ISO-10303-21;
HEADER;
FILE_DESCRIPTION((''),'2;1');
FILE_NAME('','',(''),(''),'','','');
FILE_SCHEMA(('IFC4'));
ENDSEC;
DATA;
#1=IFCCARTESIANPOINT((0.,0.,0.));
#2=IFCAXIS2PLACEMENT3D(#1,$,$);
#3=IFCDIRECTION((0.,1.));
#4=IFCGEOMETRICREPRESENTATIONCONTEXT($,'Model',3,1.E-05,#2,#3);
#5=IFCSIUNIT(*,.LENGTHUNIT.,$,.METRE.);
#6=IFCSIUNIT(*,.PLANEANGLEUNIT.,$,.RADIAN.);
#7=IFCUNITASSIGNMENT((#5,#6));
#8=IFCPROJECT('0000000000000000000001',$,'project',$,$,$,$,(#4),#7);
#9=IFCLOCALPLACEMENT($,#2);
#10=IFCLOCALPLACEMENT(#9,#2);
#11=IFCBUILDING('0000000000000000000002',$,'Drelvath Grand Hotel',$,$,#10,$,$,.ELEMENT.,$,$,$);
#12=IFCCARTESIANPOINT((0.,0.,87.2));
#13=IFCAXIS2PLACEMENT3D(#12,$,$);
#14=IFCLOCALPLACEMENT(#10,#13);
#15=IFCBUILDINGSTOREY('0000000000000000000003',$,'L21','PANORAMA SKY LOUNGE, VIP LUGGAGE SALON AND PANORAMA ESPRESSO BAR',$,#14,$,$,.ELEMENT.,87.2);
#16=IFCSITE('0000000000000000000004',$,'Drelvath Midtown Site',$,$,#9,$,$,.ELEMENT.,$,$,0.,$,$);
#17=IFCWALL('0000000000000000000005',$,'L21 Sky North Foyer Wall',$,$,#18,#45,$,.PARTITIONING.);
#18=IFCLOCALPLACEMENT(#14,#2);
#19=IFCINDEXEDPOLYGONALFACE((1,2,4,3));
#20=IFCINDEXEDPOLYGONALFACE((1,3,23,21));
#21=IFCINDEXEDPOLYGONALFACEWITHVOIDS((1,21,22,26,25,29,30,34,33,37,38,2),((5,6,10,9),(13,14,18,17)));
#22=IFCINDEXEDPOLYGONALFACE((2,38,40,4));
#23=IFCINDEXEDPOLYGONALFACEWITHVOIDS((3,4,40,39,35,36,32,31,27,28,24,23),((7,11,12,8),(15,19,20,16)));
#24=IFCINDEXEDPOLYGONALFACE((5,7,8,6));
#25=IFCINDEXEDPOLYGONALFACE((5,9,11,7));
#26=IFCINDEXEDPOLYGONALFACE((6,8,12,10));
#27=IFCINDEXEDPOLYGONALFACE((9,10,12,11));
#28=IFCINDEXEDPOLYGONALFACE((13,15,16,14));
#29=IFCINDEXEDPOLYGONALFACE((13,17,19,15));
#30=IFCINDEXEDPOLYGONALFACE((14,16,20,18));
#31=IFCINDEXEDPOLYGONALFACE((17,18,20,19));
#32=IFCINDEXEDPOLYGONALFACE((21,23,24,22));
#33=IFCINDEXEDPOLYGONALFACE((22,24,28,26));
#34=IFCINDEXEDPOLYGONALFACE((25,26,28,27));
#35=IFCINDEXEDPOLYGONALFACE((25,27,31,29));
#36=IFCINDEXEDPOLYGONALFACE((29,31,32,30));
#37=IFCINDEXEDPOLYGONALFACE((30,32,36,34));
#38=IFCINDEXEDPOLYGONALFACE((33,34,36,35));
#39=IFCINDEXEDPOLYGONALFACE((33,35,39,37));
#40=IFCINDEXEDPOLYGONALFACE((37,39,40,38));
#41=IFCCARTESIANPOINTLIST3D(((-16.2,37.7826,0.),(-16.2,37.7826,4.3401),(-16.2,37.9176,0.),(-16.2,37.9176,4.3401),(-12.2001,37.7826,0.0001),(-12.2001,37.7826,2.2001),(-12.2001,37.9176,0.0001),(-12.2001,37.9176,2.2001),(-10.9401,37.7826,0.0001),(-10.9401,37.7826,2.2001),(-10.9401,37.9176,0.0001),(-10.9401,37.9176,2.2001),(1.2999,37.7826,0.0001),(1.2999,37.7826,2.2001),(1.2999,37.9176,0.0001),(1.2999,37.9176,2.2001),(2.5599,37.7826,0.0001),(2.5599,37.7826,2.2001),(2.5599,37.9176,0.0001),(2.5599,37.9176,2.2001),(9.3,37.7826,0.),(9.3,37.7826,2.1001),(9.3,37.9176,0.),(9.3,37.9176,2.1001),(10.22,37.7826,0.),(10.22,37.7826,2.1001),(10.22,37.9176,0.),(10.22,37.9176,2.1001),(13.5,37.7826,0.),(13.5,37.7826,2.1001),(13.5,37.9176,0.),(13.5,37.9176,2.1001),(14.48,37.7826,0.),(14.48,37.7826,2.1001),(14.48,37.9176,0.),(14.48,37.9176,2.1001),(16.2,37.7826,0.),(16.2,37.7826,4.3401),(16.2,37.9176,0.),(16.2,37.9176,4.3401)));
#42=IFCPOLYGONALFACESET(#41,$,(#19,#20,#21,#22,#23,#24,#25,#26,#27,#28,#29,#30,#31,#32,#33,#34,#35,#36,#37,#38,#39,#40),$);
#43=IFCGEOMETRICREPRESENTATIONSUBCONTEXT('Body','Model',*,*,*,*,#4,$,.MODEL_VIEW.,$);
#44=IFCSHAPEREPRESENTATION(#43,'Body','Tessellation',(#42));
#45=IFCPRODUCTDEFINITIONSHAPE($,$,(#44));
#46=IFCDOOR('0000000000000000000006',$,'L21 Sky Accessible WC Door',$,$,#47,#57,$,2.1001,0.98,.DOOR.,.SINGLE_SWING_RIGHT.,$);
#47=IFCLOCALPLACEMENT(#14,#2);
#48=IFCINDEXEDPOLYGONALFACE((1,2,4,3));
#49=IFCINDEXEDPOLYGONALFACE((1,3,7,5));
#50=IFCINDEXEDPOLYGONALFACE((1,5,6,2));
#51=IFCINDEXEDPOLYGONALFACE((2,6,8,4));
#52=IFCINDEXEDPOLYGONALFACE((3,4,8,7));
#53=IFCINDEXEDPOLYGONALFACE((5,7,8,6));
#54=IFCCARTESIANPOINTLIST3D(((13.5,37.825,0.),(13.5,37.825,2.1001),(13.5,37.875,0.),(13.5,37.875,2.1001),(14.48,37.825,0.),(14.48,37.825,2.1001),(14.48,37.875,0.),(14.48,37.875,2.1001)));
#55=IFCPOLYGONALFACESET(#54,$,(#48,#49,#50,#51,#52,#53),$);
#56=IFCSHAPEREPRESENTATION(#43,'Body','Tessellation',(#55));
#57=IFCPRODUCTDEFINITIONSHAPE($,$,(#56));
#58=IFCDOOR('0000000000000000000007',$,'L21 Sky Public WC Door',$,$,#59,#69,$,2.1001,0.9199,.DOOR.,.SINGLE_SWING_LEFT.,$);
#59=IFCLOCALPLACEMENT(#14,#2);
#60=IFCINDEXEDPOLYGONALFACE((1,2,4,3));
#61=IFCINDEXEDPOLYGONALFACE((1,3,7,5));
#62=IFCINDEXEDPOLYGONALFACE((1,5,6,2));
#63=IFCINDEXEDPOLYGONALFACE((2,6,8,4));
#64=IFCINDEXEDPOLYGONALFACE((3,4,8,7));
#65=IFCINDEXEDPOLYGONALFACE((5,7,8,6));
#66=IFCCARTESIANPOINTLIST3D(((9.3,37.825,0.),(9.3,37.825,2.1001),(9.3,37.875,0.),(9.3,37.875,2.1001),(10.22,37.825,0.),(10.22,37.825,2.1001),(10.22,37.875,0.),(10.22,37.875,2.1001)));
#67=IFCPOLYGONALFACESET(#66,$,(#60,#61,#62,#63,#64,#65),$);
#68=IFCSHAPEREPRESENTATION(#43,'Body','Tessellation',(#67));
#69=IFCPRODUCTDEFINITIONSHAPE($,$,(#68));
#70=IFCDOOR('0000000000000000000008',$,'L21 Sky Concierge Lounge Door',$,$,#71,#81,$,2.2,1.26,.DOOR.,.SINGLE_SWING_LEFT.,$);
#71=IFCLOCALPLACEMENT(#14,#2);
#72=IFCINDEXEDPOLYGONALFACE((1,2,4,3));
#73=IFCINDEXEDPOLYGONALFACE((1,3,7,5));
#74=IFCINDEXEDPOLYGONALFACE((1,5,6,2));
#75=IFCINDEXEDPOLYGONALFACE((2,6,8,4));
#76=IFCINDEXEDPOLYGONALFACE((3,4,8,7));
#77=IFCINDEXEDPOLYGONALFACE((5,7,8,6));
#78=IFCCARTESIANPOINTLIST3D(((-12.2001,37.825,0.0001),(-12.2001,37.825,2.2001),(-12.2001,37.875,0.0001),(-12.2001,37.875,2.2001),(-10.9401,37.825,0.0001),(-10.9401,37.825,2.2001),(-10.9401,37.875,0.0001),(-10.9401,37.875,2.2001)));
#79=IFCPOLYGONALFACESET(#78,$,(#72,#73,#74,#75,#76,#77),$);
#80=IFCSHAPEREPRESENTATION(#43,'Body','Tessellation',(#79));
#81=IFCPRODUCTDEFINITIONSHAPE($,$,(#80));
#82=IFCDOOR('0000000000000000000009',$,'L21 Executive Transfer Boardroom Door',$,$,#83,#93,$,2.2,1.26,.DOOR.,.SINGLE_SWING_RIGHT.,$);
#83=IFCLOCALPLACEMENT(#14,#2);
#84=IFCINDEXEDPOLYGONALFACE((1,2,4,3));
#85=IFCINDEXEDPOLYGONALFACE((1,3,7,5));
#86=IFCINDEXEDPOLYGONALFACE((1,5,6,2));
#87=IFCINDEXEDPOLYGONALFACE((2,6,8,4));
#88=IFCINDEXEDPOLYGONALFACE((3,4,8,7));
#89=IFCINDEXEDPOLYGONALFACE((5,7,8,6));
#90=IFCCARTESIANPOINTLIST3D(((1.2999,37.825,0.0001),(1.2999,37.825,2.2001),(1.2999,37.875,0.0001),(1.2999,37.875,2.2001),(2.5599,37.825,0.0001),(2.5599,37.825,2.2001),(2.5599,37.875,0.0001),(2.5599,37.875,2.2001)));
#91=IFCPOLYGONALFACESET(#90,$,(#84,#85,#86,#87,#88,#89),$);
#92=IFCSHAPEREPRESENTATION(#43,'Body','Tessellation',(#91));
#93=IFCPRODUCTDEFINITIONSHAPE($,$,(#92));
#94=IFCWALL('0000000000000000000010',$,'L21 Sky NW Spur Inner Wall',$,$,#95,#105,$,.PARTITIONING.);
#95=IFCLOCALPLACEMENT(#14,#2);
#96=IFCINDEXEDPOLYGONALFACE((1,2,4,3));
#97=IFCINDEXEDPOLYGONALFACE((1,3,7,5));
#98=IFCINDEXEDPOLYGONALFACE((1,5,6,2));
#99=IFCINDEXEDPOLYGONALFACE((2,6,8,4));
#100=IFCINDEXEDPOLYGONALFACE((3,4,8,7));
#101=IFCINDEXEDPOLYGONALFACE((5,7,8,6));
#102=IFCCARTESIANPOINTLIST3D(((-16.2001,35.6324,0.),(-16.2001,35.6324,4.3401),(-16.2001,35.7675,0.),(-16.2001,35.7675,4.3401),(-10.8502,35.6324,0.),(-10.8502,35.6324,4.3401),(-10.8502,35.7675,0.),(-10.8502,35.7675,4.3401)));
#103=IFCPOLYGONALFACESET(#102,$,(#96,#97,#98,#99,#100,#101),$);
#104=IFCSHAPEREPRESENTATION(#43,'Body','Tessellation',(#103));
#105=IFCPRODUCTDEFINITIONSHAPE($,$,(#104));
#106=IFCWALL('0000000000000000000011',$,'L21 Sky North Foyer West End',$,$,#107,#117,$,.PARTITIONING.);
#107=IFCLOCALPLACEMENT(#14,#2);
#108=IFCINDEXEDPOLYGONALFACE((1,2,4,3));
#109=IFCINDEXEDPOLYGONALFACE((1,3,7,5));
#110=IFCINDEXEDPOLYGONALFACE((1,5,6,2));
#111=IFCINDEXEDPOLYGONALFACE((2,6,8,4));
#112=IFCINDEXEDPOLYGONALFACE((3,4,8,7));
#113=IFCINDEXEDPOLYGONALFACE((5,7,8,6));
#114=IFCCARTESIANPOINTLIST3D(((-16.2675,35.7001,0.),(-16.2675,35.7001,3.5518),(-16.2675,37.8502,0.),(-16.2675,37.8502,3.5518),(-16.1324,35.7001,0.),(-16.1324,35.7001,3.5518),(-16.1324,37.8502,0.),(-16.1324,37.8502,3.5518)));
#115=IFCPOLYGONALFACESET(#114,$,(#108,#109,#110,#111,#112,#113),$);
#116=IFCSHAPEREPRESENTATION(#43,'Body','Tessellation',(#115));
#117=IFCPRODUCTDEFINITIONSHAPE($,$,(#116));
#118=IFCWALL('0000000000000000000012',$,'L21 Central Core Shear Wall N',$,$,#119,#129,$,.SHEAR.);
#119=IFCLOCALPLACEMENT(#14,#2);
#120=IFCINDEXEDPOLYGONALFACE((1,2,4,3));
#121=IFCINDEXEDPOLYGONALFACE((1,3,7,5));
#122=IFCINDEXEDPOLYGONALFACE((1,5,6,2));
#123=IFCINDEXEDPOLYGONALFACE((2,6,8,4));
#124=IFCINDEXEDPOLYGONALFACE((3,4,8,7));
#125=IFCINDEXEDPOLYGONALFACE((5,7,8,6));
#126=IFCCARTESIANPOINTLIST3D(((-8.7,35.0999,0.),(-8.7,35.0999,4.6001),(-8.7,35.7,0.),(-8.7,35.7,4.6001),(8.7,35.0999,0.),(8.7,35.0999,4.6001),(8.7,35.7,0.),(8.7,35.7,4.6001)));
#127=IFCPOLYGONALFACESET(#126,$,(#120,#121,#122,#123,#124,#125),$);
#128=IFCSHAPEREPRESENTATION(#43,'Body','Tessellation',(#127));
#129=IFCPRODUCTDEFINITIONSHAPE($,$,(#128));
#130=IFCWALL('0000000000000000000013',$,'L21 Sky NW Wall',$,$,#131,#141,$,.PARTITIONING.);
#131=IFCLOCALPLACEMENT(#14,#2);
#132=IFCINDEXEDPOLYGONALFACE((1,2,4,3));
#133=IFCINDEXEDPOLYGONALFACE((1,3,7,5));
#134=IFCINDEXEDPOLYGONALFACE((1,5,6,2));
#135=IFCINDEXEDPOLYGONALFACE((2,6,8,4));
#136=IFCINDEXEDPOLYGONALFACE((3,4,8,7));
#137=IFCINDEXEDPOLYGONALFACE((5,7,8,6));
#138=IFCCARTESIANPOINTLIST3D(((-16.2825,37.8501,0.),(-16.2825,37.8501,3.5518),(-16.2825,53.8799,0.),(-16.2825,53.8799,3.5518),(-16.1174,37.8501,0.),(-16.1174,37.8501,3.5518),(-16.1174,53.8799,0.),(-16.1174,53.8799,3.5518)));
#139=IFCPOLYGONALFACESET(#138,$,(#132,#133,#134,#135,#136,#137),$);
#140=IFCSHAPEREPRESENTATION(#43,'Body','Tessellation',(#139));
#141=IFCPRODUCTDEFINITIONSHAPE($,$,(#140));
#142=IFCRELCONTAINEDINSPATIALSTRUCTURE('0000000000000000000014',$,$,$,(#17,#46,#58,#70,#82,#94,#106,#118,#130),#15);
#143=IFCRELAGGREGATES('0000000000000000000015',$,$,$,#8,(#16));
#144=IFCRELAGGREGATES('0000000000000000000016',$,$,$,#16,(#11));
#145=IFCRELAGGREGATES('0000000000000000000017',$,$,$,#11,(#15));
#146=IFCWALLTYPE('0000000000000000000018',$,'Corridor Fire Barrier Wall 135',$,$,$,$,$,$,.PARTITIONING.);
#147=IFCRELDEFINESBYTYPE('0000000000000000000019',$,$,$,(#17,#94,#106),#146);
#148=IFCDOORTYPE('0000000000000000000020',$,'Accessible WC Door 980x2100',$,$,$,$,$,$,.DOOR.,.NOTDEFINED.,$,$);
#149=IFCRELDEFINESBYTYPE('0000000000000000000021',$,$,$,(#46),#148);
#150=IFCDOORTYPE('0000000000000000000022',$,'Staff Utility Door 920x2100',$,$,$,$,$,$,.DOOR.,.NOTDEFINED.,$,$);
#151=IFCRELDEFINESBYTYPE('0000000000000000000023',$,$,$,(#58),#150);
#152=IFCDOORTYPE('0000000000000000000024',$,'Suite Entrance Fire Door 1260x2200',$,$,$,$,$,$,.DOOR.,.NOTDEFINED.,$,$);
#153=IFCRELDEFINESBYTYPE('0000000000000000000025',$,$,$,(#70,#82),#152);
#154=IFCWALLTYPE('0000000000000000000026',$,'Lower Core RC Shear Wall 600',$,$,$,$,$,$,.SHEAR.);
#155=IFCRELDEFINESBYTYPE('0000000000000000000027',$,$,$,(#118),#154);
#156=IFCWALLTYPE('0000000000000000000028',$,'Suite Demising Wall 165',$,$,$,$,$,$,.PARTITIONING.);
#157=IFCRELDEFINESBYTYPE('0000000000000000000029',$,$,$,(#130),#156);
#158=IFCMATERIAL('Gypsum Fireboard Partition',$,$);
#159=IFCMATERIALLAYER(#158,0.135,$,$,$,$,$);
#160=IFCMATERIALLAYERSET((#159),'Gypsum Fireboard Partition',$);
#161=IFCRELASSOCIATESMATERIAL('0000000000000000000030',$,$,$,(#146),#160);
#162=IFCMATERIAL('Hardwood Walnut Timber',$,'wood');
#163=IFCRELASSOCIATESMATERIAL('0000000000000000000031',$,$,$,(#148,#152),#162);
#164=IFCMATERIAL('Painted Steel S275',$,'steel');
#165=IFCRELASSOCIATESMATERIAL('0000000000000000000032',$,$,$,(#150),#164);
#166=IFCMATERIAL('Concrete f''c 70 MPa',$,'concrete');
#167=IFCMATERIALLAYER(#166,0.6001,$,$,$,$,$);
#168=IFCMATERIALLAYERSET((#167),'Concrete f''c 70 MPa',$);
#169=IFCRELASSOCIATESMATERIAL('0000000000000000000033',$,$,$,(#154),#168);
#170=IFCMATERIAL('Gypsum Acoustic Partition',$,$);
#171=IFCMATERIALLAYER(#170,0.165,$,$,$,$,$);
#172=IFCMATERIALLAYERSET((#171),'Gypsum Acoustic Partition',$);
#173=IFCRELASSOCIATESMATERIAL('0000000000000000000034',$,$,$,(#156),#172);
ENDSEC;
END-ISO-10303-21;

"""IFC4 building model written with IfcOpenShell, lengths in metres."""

from ifc_helpers import new_model, si_unit, direction, frame, frame_2d, origin, place, context, subcontext, project, spatial, rectangle, extrude, material, layer, layer_set, type_object, element, fill, save


model = new_model("IFC4")

# Units and contexts
model_context = context("Model", 3, precision=1e-05, world=origin(), true_north=direction((0.0, 1.0)))
body_context = subcontext(model_context, "Body", "Model", "MODEL_VIEW")
ifc_project = project(units=[si_unit("LENGTHUNIT", "METRE"), si_unit("PLANEANGLEUNIT", "RADIAN")], contexts=[model_context])

# Site, building, storey
site_placement = place(None, origin())
site = spatial("IfcSite", under=ifc_project, at=site_placement, Name="Drelvath Midtown Site", CompositionType="ELEMENT", RefElevation=0.0)
building_placement = place(site_placement, origin())
building = spatial("IfcBuilding", under=site, at=building_placement, Name="Drelvath Grand Hotel", CompositionType="ELEMENT")
storey_placement = place(building_placement, frame((0.0, 0.0, 87.2)))
storey = spatial("IfcBuildingStorey", under=building, at=storey_placement, Name="L21", Description="PANORAMA SKY LOUNGE, VIP LUGGAGE SALON AND PANORAMA ESPRESSO BAR", CompositionType="ELEMENT", Elevation=87.2)

# Shared definitions
ifc_material_1 = material(Name="Concrete f'c 70 MPa", Category="concrete")

# Wall, openings, doors
ifc_material_2 = material(Name="Gypsum Fireboard Partition")
ifc_layer_1 = layer(ifc_material_2, 0.135)
ifc_layer_set_1 = layer_set([ifc_layer_1], Name="Gypsum Fireboard Partition")
wall_type_1 = type_object("IfcWallType", Name="Corridor Fire Barrier Wall 135", PredefinedType="PARTITIONING", material=ifc_layer_set_1)
wall_1_placement = place(storey_placement, frame((-16.2, 37.8501, 0.0), z_axis=(0.0, 0.0, 1.0), x_axis=(1.0, 0.0, 0.0)))
wall_1 = element("IfcWall", 1, at=wall_1_placement, inside=storey, type_object=wall_type_1, Name="L21 Sky North Foyer Wall", PredefinedType="PARTITIONING", context=body_context, shape_type="SweptSolid", body=[
    extrude(rectangle(XDim=32.3999, YDim=0.135, at=frame_2d((16.2, 0.0))), origin(), (0.0, 0.0, 1.0), 4.3401),
])
opening_1_placement = place(wall_1_placement, frame((4.0, 0.0, 0.0)))
opening_1 = element("IfcOpeningElement", 2, at=opening_1_placement, cuts=wall_1, PredefinedType="OPENING", context=body_context, shape_type="SweptSolid", body=[
    extrude(rectangle(XDim=1.26, YDim=2.2, at=frame_2d((0.6299, 1.1001))), frame((0.0, 0.0774, 0.0), z_axis=(0.0, -1.0, 0.0), x_axis=(1.0, 0.0, 0.0)), (0.0, 0.0, 1.0), 0.155),
])
opening_2_placement = place(wall_1_placement, frame((17.5, 0.0, 0.0)))
opening_2 = element("IfcOpeningElement", 3, at=opening_2_placement, cuts=wall_1, PredefinedType="OPENING", context=body_context, shape_type="SweptSolid", body=[
    extrude(rectangle(XDim=1.26, YDim=2.2, at=frame_2d((0.6299, 1.1001))), frame((0.0, 0.0774, 0.0), z_axis=(0.0, -1.0, 0.0), x_axis=(1.0, 0.0, 0.0)), (0.0, 0.0, 1.0), 0.155),
])
opening_3_placement = place(wall_1_placement, frame((25.5, 0.0, 0.0)))
opening_3 = element("IfcOpeningElement", 4, at=opening_3_placement, cuts=wall_1, PredefinedType="OPENING", context=body_context, shape_type="SweptSolid", body=[
    extrude(rectangle(XDim=0.9199, YDim=2.1001, at=frame_2d((0.46, 1.05))), frame((0.0, 0.0774, 0.0), z_axis=(0.0, -1.0, 0.0), x_axis=(1.0, 0.0, 0.0)), (0.0, 0.0, 1.0), 0.155),
])
opening_4_placement = place(wall_1_placement, frame((29.7, 0.0, 0.0)))
opening_4 = element("IfcOpeningElement", 5, at=opening_4_placement, cuts=wall_1, PredefinedType="OPENING", context=body_context, shape_type="SweptSolid", body=[
    extrude(rectangle(XDim=0.98, YDim=2.1001, at=frame_2d((0.49, 1.05))), frame((0.0, 0.0774, 0.0), z_axis=(0.0, -1.0, 0.0), x_axis=(1.0, 0.0, 0.0)), (0.0, 0.0, 1.0), 0.155),
])
ifc_material_3 = material(Name="Hardwood Walnut Timber", Category="wood")
door_type_1 = type_object("IfcDoorType", Name="Accessible WC Door 980x2100", OperationType="NOTDEFINED", PredefinedType="DOOR", material=ifc_material_3)
door_1_placement = place(opening_4_placement, origin())
door_1 = element("IfcDoor", 6, at=door_1_placement, inside=storey, type_object=door_type_1, Name="L21 Sky Accessible WC Door", OperationType="SINGLE_SWING_RIGHT", OverallHeight=2.1001, OverallWidth=0.98, PredefinedType="DOOR", context=body_context, shape_type="SweptSolid", body=[
    extrude(rectangle(XDim=0.98, YDim=2.1001, at=frame_2d((0.49, 1.05))), frame((0.0, 0.0249, 0.0), z_axis=(0.0, -1.0, 0.0), x_axis=(1.0, 0.0, 0.0)), (0.0, 0.0, 1.0), 0.05),
])
fill(opening_4, door_1)
ifc_material_4 = material(Name="Painted Steel S275", Category="steel")
door_type_2 = type_object("IfcDoorType", Name="Staff Utility Door 920x2100", OperationType="NOTDEFINED", PredefinedType="DOOR", material=ifc_material_4)
door_2_placement = place(opening_3_placement, origin())
door_2 = element("IfcDoor", 7, at=door_2_placement, inside=storey, type_object=door_type_2, Name="L21 Sky Public WC Door", OperationType="SINGLE_SWING_LEFT", OverallHeight=2.1001, OverallWidth=0.9199, PredefinedType="DOOR", context=body_context, shape_type="SweptSolid", body=[
    extrude(rectangle(XDim=0.9199, YDim=2.1001, at=frame_2d((0.46, 1.05))), frame((0.0, 0.0249, 0.0), z_axis=(0.0, -1.0, 0.0), x_axis=(1.0, 0.0, 0.0)), (0.0, 0.0, 1.0), 0.05),
])
fill(opening_3, door_2)
door_type_3 = type_object("IfcDoorType", Name="Suite Entrance Fire Door 1260x2200", OperationType="NOTDEFINED", PredefinedType="DOOR", material=ifc_material_3)
door_3_placement = place(opening_1_placement, origin())
door_3 = element("IfcDoor", 8, at=door_3_placement, inside=storey, type_object=door_type_3, Name="L21 Sky Concierge Lounge Door", OperationType="SINGLE_SWING_LEFT", OverallHeight=2.2, OverallWidth=1.26, PredefinedType="DOOR", context=body_context, shape_type="SweptSolid", body=[
    extrude(rectangle(XDim=1.26, YDim=2.2, at=frame_2d((0.6299, 1.1001))), frame((0.0, 0.0249, 0.0), z_axis=(0.0, -1.0, 0.0), x_axis=(1.0, 0.0, 0.0)), (0.0, 0.0, 1.0), 0.05),
])
fill(opening_1, door_3)
door_4_placement = place(opening_2_placement, origin())
door_4 = element("IfcDoor", 9, at=door_4_placement, inside=storey, type_object=door_type_3, Name="L21 Executive Transfer Boardroom Door", OperationType="SINGLE_SWING_RIGHT", OverallHeight=2.2, OverallWidth=1.26, PredefinedType="DOOR", context=body_context, shape_type="SweptSolid", body=[
    extrude(rectangle(XDim=1.26, YDim=2.2, at=frame_2d((0.6299, 1.1001))), frame((0.0, 0.0249, 0.0), z_axis=(0.0, -1.0, 0.0), x_axis=(1.0, 0.0, 0.0)), (0.0, 0.0, 1.0), 0.05),
])
fill(opening_2, door_4)

# Walls
wall_2_placement = place(storey_placement, frame((-16.2, 35.7, 0.0), z_axis=(0.0, 0.0, 1.0), x_axis=(1.0, 0.0, 0.0)))
element("IfcWall", 10, at=wall_2_placement, inside=storey, type_object=wall_type_1, Name="L21 Sky NW Spur Inner Wall", PredefinedType="PARTITIONING", context=body_context, shape_type="SweptSolid", body=[
    extrude(rectangle(XDim=5.3499, YDim=0.135, at=frame_2d((2.6748, 0.0))), origin(), (0.0, 0.0, 1.0), 4.3401),
])
wall_3_placement = place(storey_placement, frame((-16.2, 35.7, 0.0), z_axis=(0.0, 0.0, 1.0), x_axis=(0.0, 1.0, 0.0)))
element("IfcWall", 11, at=wall_3_placement, inside=storey, type_object=wall_type_1, Name="L21 Sky North Foyer West End", PredefinedType="PARTITIONING", context=body_context, shape_type="SweptSolid", body=[
    extrude(rectangle(XDim=2.1501, YDim=0.135, at=frame_2d((1.0752, 0.0))), origin(), (0.0, 0.0, 1.0), 3.5518),
])
ifc_layer_2 = layer(ifc_material_1, 0.6001)
ifc_layer_set_2 = layer_set([ifc_layer_2], Name="Concrete f'c 70 MPa")
wall_type_2 = type_object("IfcWallType", Name="Lower Core RC Shear Wall 600", PredefinedType="SHEAR", material=ifc_layer_set_2)
wall_4_placement = place(storey_placement, frame((-8.7, 35.3999, 0.0), z_axis=(0.0, 0.0, 1.0), x_axis=(1.0, 0.0, 0.0)))
element("IfcWall", 12, at=wall_4_placement, inside=storey, type_object=wall_type_2, Name="L21 Central Core Shear Wall N", PredefinedType="SHEAR", context=body_context, shape_type="SweptSolid", body=[
    extrude(rectangle(XDim=17.3999, YDim=0.6001, at=frame_2d((8.7, 0.0))), origin(), (0.0, 0.0, 1.0), 4.6001),
])
ifc_material_5 = material(Name="Gypsum Acoustic Partition")
ifc_layer_3 = layer(ifc_material_5, 0.165)
ifc_layer_set_3 = layer_set([ifc_layer_3], Name="Gypsum Acoustic Partition")
wall_type_3 = type_object("IfcWallType", Name="Suite Demising Wall 165", PredefinedType="PARTITIONING", material=ifc_layer_set_3)
wall_5_placement = place(storey_placement, frame((-16.2, 37.8501, 0.0), z_axis=(0.0, 0.0, 1.0), x_axis=(0.0, 1.0, 0.0)))
element("IfcWall", 13, at=wall_5_placement, inside=storey, type_object=wall_type_3, Name="L21 Sky NW Wall", PredefinedType="PARTITIONING", context=body_context, shape_type="SweptSolid", body=[
    extrude(rectangle(XDim=16.0298, YDim=0.165, at=frame_2d((8.0149, 0.0))), origin(), (0.0, 0.0, 1.0), 3.5518),
])

save(model, "model.ifc")
